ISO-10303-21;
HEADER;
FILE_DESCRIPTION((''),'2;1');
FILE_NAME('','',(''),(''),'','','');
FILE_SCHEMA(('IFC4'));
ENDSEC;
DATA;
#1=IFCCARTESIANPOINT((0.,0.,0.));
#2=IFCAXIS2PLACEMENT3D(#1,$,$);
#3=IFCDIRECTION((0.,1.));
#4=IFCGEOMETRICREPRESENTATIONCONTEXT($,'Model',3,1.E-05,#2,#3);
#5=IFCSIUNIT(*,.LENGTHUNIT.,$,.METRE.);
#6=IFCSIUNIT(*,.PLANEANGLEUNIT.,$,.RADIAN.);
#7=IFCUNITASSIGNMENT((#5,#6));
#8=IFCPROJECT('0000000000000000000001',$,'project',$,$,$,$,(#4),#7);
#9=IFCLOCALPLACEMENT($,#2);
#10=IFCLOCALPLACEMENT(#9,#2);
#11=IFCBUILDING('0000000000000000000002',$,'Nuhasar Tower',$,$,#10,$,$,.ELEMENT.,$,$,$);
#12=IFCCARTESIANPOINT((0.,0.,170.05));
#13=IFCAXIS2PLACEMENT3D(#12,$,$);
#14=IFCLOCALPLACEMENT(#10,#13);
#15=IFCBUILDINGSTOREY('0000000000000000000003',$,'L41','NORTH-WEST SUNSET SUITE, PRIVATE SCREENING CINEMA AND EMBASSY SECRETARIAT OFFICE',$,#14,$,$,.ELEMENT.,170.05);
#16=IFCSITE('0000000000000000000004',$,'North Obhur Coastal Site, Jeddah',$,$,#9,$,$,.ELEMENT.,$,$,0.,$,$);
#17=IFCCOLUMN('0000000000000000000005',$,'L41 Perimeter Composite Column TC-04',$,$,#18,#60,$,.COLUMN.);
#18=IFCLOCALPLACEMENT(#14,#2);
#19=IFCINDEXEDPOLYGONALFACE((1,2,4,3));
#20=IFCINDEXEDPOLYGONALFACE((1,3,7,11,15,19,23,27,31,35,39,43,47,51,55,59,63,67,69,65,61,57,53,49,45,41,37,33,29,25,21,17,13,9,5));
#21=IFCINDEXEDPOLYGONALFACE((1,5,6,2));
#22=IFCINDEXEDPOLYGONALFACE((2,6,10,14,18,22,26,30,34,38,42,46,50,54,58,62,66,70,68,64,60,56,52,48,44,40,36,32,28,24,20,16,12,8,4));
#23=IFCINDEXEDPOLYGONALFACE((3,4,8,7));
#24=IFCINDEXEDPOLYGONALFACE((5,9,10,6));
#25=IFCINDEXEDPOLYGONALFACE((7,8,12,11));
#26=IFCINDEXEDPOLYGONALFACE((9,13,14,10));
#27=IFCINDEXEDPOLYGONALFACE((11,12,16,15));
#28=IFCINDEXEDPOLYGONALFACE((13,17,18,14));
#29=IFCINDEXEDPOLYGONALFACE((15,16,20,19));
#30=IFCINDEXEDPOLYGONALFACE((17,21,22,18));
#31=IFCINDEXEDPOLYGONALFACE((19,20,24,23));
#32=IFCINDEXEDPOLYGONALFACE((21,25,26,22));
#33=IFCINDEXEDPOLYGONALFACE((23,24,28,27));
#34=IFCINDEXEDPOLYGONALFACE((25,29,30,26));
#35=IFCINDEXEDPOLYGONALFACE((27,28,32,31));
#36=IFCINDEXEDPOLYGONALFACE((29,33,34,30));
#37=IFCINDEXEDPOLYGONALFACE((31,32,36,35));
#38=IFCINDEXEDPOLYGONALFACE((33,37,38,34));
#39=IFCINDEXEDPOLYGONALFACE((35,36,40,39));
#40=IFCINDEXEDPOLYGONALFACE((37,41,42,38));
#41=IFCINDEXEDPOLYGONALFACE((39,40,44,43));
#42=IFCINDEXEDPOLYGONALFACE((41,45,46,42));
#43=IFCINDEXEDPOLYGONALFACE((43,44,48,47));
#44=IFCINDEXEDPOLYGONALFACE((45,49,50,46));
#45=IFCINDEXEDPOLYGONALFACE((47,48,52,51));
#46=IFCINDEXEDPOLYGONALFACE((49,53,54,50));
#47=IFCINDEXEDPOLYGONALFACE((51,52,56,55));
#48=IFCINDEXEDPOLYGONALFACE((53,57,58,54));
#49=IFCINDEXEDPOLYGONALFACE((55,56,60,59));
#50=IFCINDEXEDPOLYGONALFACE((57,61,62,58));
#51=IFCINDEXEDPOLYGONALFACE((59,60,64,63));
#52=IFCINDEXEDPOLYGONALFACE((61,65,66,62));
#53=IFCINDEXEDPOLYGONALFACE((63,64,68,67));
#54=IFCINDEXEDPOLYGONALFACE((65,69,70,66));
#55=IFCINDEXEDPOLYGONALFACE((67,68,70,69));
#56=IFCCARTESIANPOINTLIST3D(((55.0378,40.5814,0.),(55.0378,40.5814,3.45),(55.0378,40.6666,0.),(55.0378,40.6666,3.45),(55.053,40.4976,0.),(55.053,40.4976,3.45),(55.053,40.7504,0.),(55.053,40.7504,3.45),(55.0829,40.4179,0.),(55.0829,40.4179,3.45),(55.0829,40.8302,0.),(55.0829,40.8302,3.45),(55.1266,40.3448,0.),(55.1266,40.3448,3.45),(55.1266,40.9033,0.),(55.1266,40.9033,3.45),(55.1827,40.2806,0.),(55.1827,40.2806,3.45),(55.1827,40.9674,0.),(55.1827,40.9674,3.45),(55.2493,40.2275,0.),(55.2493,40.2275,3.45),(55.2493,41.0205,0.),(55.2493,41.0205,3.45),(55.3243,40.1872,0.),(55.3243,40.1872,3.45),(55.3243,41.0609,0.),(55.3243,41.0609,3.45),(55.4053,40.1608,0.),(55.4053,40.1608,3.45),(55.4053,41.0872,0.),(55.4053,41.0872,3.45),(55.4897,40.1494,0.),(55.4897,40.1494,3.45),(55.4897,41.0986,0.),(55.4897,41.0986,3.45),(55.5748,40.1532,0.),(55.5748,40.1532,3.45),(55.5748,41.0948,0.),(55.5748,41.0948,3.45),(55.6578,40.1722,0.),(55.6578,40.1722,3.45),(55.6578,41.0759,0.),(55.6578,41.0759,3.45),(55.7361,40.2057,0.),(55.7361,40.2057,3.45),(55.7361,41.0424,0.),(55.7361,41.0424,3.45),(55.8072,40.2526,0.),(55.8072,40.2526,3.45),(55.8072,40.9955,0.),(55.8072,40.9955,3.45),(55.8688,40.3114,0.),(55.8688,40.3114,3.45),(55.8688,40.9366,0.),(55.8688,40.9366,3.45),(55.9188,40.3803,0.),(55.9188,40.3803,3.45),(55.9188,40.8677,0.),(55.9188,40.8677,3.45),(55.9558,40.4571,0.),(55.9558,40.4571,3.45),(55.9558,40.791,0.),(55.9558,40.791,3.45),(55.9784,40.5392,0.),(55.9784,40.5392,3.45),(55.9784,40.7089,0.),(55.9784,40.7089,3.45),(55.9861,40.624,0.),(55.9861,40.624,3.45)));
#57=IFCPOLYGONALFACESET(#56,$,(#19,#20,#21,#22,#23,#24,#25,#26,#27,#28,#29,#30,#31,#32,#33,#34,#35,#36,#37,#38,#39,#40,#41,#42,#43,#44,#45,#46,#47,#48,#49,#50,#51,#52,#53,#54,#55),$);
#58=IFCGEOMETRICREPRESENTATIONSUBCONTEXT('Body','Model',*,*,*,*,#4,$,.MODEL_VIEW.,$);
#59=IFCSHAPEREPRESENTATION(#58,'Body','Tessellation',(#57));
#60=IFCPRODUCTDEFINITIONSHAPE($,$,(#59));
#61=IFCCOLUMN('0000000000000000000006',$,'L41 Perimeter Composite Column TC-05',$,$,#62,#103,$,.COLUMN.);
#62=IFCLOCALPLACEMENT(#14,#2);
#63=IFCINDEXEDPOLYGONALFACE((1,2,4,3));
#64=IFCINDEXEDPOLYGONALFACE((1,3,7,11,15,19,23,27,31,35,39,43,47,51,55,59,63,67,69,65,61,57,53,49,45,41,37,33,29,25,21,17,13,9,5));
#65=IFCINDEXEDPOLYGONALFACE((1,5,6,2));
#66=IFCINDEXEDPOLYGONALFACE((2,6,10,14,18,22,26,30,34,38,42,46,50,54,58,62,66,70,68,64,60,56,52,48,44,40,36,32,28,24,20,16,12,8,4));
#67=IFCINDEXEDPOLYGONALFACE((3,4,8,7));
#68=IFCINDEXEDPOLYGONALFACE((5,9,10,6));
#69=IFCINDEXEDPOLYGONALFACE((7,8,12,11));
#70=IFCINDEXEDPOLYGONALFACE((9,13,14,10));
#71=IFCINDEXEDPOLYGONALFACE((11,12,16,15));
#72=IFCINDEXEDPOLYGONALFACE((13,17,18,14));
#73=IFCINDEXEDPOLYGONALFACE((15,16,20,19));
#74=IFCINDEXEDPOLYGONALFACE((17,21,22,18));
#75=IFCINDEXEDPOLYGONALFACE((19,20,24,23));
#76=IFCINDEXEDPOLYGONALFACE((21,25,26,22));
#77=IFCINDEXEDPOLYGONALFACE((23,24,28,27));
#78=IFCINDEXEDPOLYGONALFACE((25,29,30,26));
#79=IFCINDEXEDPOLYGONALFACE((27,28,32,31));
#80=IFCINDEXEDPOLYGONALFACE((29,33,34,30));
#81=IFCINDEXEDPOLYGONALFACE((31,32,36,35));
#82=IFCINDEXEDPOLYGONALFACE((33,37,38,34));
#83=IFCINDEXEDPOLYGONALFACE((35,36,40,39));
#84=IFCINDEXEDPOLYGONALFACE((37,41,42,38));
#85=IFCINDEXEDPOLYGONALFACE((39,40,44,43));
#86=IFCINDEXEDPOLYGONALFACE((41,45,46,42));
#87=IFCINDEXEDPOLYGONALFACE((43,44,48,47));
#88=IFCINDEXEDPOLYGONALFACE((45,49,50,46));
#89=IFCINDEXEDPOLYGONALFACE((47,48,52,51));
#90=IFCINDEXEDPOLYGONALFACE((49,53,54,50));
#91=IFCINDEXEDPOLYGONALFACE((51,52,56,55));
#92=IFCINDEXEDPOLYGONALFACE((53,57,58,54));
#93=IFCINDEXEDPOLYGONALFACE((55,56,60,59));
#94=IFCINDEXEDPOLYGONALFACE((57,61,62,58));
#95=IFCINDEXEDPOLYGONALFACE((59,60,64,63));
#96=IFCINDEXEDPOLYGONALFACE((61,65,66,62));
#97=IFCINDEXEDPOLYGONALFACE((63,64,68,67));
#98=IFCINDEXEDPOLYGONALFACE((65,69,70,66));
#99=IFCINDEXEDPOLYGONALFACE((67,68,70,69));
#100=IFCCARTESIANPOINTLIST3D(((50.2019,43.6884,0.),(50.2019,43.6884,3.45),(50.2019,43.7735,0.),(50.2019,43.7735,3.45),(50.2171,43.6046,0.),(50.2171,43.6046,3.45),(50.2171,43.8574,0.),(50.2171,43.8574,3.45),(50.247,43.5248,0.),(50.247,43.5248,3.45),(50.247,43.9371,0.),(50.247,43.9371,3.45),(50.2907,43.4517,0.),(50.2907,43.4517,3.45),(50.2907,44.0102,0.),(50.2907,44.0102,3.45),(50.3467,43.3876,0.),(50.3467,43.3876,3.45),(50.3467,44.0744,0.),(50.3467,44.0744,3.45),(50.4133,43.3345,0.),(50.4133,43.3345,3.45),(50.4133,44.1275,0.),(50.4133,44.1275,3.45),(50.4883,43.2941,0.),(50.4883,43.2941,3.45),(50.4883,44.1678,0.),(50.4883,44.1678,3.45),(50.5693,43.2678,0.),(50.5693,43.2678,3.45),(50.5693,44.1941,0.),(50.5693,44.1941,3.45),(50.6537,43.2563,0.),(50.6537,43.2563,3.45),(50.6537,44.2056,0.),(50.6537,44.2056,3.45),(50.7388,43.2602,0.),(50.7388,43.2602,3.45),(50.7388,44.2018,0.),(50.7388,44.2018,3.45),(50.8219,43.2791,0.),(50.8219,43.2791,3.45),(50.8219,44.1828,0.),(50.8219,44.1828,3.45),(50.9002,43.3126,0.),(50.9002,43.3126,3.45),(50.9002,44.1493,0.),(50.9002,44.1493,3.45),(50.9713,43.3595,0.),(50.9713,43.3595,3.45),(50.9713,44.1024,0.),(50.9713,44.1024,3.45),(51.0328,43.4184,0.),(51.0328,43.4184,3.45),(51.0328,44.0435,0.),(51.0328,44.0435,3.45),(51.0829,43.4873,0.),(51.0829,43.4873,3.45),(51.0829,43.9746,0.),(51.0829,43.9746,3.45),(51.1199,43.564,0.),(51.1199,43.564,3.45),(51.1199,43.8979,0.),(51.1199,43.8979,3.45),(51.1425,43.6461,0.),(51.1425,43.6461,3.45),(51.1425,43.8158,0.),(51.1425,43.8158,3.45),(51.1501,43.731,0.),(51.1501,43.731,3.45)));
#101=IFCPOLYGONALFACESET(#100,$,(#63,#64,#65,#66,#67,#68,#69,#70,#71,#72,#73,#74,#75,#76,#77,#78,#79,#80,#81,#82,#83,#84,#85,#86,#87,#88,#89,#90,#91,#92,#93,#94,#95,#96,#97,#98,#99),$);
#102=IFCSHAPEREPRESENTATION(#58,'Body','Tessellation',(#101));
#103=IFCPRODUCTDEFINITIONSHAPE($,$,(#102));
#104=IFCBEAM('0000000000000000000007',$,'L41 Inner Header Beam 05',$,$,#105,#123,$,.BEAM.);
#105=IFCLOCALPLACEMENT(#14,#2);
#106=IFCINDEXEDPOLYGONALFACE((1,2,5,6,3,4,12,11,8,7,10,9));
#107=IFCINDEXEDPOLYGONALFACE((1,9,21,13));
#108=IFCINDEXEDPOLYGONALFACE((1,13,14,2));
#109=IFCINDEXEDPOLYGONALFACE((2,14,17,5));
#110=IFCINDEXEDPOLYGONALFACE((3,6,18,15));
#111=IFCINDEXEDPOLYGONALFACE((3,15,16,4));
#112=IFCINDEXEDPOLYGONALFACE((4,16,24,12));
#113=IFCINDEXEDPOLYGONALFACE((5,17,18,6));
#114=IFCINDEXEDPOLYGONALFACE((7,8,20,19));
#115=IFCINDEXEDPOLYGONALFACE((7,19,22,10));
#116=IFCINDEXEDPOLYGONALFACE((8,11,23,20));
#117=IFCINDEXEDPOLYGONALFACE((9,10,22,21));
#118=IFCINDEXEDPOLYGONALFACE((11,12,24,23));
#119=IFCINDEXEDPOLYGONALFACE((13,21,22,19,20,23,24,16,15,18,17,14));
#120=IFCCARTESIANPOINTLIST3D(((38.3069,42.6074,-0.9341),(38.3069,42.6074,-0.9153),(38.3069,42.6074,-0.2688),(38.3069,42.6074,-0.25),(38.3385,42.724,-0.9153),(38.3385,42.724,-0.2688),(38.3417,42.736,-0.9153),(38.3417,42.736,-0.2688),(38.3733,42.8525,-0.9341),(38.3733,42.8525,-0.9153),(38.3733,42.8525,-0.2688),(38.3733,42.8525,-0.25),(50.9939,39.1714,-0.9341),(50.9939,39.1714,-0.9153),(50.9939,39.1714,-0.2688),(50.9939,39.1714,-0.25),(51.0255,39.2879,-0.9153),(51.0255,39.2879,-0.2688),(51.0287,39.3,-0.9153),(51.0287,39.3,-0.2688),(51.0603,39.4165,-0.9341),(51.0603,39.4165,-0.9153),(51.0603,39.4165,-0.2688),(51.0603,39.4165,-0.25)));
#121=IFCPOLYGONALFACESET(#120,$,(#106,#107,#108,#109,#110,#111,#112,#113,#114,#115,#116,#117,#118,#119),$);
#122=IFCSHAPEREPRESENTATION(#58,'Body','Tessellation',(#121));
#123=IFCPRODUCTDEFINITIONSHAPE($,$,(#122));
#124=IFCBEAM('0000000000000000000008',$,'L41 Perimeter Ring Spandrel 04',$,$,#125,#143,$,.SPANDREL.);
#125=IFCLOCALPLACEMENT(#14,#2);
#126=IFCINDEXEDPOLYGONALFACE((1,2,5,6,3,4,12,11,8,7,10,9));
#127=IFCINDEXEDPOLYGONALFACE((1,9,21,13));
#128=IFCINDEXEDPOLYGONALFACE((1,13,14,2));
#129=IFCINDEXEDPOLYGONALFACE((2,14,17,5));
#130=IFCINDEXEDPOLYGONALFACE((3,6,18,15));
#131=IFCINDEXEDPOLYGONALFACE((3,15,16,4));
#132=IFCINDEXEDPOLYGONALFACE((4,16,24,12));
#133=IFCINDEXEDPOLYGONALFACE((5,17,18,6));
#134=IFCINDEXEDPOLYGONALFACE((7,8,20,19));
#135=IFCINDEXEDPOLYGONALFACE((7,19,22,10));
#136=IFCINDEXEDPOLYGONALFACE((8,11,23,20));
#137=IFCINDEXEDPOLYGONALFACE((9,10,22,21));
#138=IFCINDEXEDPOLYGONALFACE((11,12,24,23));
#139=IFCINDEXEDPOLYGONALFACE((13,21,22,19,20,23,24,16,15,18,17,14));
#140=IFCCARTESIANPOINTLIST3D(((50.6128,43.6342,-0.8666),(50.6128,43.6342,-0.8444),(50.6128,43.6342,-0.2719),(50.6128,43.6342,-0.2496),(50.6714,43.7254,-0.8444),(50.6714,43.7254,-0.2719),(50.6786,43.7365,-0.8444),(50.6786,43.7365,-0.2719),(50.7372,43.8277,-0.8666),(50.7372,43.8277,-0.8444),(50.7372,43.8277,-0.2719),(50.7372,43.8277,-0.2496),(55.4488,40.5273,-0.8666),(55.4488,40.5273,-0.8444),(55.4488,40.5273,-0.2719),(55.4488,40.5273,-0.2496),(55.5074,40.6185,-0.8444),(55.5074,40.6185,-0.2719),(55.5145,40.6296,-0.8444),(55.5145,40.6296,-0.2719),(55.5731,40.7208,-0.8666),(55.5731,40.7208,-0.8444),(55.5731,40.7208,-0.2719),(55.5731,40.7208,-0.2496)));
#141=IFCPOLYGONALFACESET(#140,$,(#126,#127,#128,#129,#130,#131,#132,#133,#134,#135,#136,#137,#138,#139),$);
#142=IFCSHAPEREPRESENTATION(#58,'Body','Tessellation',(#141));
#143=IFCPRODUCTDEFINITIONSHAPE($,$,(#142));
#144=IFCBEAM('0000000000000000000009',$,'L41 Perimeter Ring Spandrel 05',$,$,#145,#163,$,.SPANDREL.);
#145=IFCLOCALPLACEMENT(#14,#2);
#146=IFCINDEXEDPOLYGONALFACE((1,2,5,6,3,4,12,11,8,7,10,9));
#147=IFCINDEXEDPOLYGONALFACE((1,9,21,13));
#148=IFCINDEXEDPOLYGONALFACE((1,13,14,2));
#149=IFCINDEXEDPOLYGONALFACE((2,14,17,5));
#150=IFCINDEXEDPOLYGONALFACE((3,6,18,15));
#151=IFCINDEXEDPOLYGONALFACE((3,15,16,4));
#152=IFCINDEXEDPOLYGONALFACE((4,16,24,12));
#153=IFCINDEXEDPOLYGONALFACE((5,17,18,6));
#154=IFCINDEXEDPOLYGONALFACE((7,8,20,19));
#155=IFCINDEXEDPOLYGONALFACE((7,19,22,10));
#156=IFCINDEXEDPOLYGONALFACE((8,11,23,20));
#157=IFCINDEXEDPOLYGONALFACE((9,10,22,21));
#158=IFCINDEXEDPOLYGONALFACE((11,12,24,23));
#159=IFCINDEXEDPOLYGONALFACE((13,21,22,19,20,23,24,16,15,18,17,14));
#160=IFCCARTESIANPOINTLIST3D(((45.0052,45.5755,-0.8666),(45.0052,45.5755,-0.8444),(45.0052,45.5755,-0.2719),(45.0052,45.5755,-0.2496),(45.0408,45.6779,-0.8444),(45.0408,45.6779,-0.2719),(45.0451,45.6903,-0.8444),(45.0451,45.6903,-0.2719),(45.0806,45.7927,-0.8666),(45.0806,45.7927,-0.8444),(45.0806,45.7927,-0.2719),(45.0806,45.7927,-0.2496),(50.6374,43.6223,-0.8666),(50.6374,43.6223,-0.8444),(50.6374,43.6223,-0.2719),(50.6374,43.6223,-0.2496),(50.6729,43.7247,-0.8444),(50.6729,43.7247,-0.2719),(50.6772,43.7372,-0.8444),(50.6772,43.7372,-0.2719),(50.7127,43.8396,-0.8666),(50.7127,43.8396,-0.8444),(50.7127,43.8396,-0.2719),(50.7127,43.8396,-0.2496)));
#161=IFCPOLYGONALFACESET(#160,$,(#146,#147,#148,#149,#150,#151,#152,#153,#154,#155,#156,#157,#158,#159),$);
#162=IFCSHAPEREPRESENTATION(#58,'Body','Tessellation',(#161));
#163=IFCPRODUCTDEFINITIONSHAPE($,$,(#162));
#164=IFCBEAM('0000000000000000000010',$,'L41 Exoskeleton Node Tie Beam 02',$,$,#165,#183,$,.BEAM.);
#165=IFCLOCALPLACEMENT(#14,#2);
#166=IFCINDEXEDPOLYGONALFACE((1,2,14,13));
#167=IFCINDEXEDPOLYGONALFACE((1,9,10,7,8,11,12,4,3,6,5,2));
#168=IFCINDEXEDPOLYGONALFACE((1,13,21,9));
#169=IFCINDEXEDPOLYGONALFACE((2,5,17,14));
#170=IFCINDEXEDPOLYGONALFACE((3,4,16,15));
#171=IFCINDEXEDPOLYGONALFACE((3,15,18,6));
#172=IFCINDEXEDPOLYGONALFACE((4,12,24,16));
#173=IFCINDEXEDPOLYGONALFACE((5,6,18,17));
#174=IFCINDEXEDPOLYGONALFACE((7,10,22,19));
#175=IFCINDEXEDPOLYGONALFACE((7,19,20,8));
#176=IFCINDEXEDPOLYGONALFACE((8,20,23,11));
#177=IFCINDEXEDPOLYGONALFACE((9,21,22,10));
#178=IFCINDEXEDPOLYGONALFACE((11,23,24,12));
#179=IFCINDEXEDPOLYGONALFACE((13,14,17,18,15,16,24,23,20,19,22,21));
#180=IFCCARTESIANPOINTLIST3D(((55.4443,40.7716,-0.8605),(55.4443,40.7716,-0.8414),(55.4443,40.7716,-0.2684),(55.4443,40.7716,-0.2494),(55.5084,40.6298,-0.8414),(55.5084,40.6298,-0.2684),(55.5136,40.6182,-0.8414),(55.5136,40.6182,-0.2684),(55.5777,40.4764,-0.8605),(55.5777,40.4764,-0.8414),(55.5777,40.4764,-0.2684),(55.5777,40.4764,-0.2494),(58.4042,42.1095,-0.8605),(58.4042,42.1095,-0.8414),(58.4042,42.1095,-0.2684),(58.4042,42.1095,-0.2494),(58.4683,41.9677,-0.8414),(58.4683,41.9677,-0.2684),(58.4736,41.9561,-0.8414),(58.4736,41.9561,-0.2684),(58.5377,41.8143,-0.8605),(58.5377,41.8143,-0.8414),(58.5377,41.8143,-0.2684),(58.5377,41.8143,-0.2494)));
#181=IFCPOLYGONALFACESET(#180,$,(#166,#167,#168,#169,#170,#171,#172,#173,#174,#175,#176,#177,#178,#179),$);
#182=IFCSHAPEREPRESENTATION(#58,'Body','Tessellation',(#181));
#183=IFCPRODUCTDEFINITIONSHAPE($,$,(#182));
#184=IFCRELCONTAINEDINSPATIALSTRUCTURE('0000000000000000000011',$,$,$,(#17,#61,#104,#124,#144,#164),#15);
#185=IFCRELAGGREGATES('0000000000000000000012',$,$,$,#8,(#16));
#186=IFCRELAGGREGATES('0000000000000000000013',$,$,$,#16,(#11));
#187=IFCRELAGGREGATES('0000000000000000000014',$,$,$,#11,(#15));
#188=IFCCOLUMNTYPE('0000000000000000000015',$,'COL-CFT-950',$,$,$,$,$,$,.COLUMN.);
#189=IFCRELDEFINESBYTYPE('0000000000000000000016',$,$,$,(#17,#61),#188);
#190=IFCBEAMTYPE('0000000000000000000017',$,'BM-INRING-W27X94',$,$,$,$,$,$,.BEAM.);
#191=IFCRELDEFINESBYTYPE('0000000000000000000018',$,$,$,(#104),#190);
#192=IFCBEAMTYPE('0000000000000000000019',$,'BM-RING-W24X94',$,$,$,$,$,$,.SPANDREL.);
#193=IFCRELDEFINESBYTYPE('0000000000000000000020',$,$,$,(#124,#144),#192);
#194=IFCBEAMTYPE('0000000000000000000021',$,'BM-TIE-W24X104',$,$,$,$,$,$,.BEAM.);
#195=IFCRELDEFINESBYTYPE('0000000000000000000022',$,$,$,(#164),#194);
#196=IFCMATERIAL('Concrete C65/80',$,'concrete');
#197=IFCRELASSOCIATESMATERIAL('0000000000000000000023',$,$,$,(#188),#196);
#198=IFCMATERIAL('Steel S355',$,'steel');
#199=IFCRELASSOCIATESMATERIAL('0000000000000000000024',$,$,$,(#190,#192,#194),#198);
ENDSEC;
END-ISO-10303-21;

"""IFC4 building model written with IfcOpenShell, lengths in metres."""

from ifc_helpers import new_model, si_unit, direction, frame, origin, origin_2d, place, context, subcontext, project, spatial, circle, i_section, extrude, material, material_profile, profile_set, type_object, element, save


model = new_model("IFC4")

# Units and contexts
model_context = context("Model", 3, precision=1e-05, world=origin(), true_north=direction((0.0, 1.0)))
body_context = subcontext(model_context, "Body", "Model", "MODEL_VIEW")
ifc_project = project(units=[si_unit("LENGTHUNIT", "METRE"), si_unit("PLANEANGLEUNIT", "RADIAN")], contexts=[model_context])

# Site, building, storey
site_placement = place(None, origin())
site = spatial("IfcSite", under=ifc_project, at=site_placement, Name="North Obhur Coastal Site, Jeddah", CompositionType="ELEMENT", RefElevation=0.0)
building_placement = place(site_placement, origin())
building = spatial("IfcBuilding", under=site, at=building_placement, Name="Nuhasar Tower", CompositionType="ELEMENT")
storey_placement = place(building_placement, frame((0.0, 0.0, 170.05)))
storey = spatial("IfcBuildingStorey", under=building, at=storey_placement, Name="L41", Description="NORTH-WEST SUNSET SUITE, PRIVATE SCREENING CINEMA AND EMBASSY SECRETARIAT OFFICE", CompositionType="ELEMENT", Elevation=170.05)

# Columns
ifc_material_1 = material(Name="Concrete C65/80", Category="concrete")
ifc_material_profile_1 = material_profile(ifc_material_1, circle(Radius=0.4751, at=origin_2d()), Name="CFT950")
ifc_profile_set_1 = profile_set([ifc_material_profile_1], Name="Concrete C65/80")
column_type = type_object("IfcColumnType", Name="COL-CFT-950", PredefinedType="COLUMN", material=ifc_profile_set_1)
for number, where, z_axis, x_axis, name in (
    (1, (55.511, 40.624, 0.0), (0.0, 0.0, 1.0), (1.0, 0.0, 0.0), "L41 Perimeter Composite Column TC-04"),
    (2, (50.675, 43.731, 0.0), (0.0, 0.0, 1.0), (1.0, 0.0, 0.0), "L41 Perimeter Composite Column TC-05"),
):
    element("IfcColumn", number, at=place(storey_placement, frame(where, z_axis=z_axis, x_axis=x_axis)), inside=storey, type_object=column_type, Name=name, PredefinedType="COLUMN", context=body_context, shape_type="SweptSolid", body=[
        extrude(circle(Radius=0.4751, at=origin_2d()), origin(), (0.0, 0.0, 1.0), 3.45),
    ])

# Beams
ifc_material_2 = material(Name="Steel S355", Category="steel")
ifc_material_profile_2 = material_profile(ifc_material_2, i_section(OverallWidth=0.2539, OverallDepth=0.6841, WebThickness=0.0125, FlangeThickness=0.0188, at=origin_2d()), Name="W27X94")
ifc_profile_set_2 = profile_set([ifc_material_profile_2], Name="Steel S355")
beam_type_1 = type_object("IfcBeamType", Name="BM-INRING-W27X94", PredefinedType="BEAM", material=ifc_profile_set_2)
beam_1_placement = place(storey_placement, frame((51.0271, 39.2939, -0.592), z_axis=(-0.965227, 0.261413, 0.0), x_axis=(-0.261413, -0.965227, 0.0)))
element("IfcBeam", 3, at=beam_1_placement, inside=storey, type_object=beam_type_1, Name="L41 Inner Header Beam 05", PredefinedType="BEAM", context=body_context, shape_type="SweptSolid", body=[
    extrude(i_section(OverallWidth=0.2539, OverallDepth=0.6841, WebThickness=0.0125, FlangeThickness=0.0188, at=origin_2d()), origin(), (0.0, 0.0, 1.0), 13.144),
])
ifc_material_profile_3 = material_profile(ifc_material_2, i_section(OverallWidth=0.23, OverallDepth=0.6169, WebThickness=0.0132, FlangeThickness=0.0222, at=origin_2d()), Name="W24X94")
ifc_profile_set_3 = profile_set([ifc_material_profile_3], Name="Steel S355")
beam_type_2 = type_object("IfcBeamType", Name="BM-RING-W24X94", PredefinedType="SPANDREL", material=ifc_profile_set_3)
beam_2_placement = place(storey_placement, frame((55.511, 40.624, -0.5581), z_axis=(-0.841327, 0.540526, 0.0), x_axis=(-0.540526, -0.841327, 0.0)))
element("IfcBeam", 4, at=beam_2_placement, inside=storey, type_object=beam_type_2, Name="L41 Perimeter Ring Spandrel 04", PredefinedType="SPANDREL", context=body_context, shape_type="SweptSolid", body=[
    extrude(i_section(OverallWidth=0.23, OverallDepth=0.6169, WebThickness=0.0132, FlangeThickness=0.0222, at=origin_2d()), origin(), (0.0, 0.0, 1.0), 5.748),
])
beam_3_placement = place(storey_placement, frame((50.675, 43.731, -0.5581), z_axis=(-0.944801, 0.327644, 0.0), x_axis=(-0.327644, -0.944801, 0.0)))
element("IfcBeam", 5, at=beam_3_placement, inside=storey, type_object=beam_type_2, Name="L41 Perimeter Ring Spandrel 05", PredefinedType="SPANDREL", context=body_context, shape_type="SweptSolid", body=[
    extrude(i_section(OverallWidth=0.23, OverallDepth=0.6169, WebThickness=0.0132, FlangeThickness=0.0222, at=origin_2d()), origin(), (0.0, 0.0, 1.0), 5.9612),
])
ifc_material_profile_4 = material_profile(ifc_material_2, i_section(OverallWidth=0.324, OverallDepth=0.6111, WebThickness=0.0127, FlangeThickness=0.019, at=origin_2d()), Name="W24X104")
ifc_profile_set_4 = profile_set([ifc_material_profile_4], Name="Steel S355")
beam_type_3 = type_object("IfcBeamType", Name="BM-TIE-W24X104", PredefinedType="BEAM", material=ifc_profile_set_4)
beam_4_placement = place(storey_placement, frame((55.511, 40.624, -0.5549), z_axis=(0.91124, 0.411877, 0.0), x_axis=(-0.411877, 0.91124, 0.0)))
element("IfcBeam", 6, at=beam_4_placement, inside=storey, type_object=beam_type_3, Name="L41 Exoskeleton Node Tie Beam 02", PredefinedType="BEAM", context=body_context, shape_type="SweptSolid", body=[
    extrude(i_section(OverallWidth=0.324, OverallDepth=0.6111, WebThickness=0.0127, FlangeThickness=0.019, at=origin_2d()), origin(), (0.0, 0.0, 1.0), 3.2483),
])

save(model, "model.ifc")
